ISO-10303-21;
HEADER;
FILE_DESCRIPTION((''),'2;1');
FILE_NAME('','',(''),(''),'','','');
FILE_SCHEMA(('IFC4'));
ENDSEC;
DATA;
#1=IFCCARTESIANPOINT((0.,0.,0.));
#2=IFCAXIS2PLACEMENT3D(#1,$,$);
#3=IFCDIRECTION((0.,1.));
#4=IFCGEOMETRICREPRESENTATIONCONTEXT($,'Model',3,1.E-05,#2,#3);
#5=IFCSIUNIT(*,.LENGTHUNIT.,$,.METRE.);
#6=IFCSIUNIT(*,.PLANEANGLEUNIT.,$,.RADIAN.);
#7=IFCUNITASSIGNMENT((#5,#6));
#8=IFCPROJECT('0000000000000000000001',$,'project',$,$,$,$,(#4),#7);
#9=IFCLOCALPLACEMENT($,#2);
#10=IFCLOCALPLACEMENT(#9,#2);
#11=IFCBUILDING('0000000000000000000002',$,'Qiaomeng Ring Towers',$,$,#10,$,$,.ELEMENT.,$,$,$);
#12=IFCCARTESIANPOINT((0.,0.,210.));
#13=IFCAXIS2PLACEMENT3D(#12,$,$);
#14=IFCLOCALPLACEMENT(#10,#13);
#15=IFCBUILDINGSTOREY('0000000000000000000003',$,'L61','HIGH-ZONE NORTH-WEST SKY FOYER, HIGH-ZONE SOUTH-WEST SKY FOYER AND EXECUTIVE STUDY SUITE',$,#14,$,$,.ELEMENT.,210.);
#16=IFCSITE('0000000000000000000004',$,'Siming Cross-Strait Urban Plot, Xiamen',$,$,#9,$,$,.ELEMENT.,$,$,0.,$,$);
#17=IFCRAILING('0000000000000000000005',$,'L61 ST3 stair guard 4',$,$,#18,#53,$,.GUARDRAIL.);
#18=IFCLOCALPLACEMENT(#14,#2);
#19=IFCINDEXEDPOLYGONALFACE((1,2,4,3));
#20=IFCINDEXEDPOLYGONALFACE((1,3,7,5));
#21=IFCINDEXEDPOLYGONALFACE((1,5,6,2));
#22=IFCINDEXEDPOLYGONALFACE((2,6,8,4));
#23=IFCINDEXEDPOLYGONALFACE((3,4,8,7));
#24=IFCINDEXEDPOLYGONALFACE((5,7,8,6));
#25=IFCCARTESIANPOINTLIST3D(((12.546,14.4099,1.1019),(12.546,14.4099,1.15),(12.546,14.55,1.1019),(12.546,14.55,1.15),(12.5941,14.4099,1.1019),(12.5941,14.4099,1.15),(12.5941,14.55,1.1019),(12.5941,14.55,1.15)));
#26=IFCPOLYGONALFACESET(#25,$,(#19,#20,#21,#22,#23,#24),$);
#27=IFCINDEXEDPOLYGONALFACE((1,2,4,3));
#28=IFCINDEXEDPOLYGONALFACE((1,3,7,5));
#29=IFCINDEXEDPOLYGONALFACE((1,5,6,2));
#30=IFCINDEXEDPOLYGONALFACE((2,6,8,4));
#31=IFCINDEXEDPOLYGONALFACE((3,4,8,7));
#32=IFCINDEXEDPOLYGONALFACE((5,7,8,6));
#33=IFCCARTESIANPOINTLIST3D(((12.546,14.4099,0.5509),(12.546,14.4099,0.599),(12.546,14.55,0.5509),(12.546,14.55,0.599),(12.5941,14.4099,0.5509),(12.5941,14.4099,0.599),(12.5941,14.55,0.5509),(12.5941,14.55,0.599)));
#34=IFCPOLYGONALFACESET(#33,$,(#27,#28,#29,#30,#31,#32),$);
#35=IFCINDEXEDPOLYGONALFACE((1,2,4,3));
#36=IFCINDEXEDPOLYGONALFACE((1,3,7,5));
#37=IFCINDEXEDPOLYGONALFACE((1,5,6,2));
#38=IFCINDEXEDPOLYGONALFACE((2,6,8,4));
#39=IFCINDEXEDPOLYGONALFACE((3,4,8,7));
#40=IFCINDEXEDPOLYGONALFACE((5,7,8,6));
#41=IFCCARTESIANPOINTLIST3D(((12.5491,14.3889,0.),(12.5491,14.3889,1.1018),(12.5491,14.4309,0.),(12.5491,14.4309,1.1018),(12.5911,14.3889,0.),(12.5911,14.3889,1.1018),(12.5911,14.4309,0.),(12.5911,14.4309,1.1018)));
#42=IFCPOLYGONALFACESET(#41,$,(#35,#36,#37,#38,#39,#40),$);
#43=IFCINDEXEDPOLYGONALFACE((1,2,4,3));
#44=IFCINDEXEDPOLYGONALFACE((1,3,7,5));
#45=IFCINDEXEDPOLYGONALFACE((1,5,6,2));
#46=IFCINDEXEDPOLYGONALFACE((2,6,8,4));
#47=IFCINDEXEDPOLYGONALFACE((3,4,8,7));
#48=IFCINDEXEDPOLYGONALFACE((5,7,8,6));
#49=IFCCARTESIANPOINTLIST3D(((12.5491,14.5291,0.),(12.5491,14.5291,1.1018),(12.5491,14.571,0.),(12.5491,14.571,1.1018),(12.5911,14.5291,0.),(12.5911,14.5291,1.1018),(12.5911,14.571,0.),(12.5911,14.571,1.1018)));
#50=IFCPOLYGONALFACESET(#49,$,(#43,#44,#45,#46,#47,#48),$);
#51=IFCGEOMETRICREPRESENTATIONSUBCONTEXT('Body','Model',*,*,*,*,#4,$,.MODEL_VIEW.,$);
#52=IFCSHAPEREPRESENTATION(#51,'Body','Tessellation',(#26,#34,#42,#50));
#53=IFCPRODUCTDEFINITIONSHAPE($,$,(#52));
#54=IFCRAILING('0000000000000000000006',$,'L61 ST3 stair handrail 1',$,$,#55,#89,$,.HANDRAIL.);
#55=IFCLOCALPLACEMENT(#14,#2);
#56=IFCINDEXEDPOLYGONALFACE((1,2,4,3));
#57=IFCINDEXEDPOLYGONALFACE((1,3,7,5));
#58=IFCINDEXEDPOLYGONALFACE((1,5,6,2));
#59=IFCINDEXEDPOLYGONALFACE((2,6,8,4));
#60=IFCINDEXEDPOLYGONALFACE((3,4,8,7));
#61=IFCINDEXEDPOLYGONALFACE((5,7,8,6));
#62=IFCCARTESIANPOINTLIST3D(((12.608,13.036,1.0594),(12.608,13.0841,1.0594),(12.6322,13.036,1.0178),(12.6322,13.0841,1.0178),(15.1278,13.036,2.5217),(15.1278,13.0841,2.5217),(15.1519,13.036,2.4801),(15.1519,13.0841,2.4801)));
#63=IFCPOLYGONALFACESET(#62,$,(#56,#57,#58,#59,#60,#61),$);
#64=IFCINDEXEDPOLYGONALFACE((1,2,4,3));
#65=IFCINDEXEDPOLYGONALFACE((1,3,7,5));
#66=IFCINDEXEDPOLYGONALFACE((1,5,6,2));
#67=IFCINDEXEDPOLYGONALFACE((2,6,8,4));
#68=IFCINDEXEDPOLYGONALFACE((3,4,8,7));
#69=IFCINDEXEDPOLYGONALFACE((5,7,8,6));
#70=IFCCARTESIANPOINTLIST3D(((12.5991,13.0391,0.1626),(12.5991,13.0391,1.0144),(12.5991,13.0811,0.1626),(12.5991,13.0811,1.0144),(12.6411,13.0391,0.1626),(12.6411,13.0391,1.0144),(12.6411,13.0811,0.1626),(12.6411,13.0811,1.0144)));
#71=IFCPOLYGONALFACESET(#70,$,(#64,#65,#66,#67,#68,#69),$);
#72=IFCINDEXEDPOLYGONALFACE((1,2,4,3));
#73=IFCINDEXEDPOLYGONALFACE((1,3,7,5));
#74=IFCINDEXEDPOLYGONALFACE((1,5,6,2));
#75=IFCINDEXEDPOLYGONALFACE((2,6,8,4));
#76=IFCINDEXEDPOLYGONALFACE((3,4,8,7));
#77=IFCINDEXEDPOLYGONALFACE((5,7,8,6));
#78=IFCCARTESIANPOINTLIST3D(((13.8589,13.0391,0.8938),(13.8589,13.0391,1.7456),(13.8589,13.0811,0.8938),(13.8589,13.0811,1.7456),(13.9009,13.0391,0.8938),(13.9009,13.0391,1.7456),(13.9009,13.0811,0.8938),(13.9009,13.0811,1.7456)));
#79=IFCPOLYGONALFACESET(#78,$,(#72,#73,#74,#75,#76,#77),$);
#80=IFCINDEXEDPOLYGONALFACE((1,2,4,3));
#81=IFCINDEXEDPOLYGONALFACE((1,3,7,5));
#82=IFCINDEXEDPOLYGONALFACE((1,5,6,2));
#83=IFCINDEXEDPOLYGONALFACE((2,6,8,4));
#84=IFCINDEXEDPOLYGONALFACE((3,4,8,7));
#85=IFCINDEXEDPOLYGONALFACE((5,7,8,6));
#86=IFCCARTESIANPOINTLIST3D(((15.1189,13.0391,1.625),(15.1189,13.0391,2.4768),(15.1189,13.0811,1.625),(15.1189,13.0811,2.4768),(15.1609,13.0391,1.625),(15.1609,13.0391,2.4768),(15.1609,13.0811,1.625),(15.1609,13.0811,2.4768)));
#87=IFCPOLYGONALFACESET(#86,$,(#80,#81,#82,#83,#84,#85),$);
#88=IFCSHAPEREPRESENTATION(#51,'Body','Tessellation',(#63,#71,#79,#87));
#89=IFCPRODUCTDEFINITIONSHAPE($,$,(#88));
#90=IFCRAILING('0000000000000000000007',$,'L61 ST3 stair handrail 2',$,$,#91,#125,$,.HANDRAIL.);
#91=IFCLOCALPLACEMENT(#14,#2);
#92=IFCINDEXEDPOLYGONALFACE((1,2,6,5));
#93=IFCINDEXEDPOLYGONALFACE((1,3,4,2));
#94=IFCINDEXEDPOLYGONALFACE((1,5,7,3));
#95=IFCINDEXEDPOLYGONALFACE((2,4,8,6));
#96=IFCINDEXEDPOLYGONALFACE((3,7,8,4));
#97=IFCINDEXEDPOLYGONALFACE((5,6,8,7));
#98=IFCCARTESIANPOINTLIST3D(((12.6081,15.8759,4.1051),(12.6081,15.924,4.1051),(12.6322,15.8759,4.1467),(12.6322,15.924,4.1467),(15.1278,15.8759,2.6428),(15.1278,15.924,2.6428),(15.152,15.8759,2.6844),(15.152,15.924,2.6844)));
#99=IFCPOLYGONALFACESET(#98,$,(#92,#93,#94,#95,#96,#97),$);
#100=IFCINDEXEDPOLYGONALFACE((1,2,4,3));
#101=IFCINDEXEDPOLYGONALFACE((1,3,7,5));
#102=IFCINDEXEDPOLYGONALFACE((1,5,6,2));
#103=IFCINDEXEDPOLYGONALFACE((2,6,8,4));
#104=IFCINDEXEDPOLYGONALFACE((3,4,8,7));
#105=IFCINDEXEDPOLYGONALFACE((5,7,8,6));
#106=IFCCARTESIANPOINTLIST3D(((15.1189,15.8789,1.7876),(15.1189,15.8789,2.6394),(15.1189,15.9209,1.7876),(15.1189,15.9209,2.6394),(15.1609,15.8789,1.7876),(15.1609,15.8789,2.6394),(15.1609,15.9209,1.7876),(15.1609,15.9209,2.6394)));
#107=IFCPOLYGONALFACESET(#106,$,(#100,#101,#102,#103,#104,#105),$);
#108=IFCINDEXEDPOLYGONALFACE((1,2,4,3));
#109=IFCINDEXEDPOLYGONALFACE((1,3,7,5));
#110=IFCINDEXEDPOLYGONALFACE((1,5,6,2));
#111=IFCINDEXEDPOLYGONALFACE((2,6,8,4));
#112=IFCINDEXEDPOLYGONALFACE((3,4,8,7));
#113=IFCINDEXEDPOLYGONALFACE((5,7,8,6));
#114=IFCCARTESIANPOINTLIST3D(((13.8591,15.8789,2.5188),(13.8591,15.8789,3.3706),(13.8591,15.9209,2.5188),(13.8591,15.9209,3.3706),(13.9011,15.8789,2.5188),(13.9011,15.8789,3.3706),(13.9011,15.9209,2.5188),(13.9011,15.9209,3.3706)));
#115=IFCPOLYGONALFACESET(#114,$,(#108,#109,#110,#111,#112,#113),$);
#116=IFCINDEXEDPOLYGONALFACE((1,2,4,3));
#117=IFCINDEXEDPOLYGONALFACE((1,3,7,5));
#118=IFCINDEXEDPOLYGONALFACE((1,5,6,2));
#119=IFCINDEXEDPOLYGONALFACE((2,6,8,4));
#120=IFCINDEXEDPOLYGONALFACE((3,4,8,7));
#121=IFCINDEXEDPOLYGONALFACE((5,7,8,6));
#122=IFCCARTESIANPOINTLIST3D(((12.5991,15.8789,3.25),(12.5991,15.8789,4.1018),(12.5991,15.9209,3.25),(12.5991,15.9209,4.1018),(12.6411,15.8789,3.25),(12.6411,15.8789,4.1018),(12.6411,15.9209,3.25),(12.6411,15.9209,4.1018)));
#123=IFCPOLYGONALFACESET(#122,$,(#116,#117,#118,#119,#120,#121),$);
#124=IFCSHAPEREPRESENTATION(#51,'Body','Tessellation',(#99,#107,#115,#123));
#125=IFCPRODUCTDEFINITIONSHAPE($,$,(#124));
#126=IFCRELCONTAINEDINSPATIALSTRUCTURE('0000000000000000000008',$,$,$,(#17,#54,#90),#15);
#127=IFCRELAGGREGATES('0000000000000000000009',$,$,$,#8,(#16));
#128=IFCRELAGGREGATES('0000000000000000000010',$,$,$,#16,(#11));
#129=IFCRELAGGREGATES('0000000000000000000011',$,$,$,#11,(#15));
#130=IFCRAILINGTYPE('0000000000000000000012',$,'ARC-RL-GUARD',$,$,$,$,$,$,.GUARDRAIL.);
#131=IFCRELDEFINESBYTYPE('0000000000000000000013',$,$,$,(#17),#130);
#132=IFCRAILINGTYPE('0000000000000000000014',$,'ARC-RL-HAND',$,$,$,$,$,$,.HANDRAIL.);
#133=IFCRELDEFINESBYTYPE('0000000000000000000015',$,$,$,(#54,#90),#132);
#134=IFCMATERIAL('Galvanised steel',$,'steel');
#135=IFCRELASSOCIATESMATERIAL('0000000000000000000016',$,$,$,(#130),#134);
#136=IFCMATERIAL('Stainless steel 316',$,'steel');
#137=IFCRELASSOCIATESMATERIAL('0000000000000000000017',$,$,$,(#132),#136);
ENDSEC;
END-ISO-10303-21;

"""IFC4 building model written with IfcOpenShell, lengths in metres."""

from ifc_helpers import new_model, si_unit, direction, frame, origin, origin_2d, place, context, subcontext, project, spatial, rectangle, extrude, material, type_object, element, save


model = new_model("IFC4")

# Units and contexts
model_context = context("Model", 3, precision=1e-05, world=origin(), true_north=direction((0.0, 1.0)))
body_context = subcontext(model_context, "Body", "Model", "MODEL_VIEW")
ifc_project = project(units=[si_unit("LENGTHUNIT", "METRE"), si_unit("PLANEANGLEUNIT", "RADIAN")], contexts=[model_context])

# Site, building, storey
site_placement = place(None, origin())
site = spatial("IfcSite", under=ifc_project, at=site_placement, Name="Siming Cross-Strait Urban Plot, Xiamen", CompositionType="ELEMENT", RefElevation=0.0)
building_placement = place(site_placement, origin())
building = spatial("IfcBuilding", under=site, at=building_placement, Name="Qiaomeng Ring Towers", CompositionType="ELEMENT")
storey_placement = place(building_placement, frame((0.0, 0.0, 210.0)))
storey = spatial("IfcBuildingStorey", under=building, at=storey_placement, Name="L61", Description="HIGH-ZONE NORTH-WEST SKY FOYER, HIGH-ZONE SOUTH-WEST SKY FOYER AND EXECUTIVE STUDY SUITE", CompositionType="ELEMENT", Elevation=210.0)

# Railings
ifc_material_1 = material(Name="Galvanised steel", Category="steel")
railing_type_1 = type_object("IfcRailingType", Name="ARC-RL-GUARD", PredefinedType="GUARDRAIL", material=ifc_material_1)
railing_1_placement = place(storey_placement, frame((12.5701, 14.4099, 0.0)))
element("IfcRailing", 1, at=railing_1_placement, inside=storey, type_object=railing_type_1, Name="L61 ST3 stair guard 4", PredefinedType="GUARDRAIL", context=body_context, shape_type="SweptSolid", body=[
    extrude(rectangle(XDim=0.0481, YDim=0.0481, at=origin_2d()), frame((0.0, 0.0, 1.126), z_axis=(0.0, 1.0, 0.0), x_axis=(-1.0, 0.0, 0.0)), (0.0, 0.0, 1.0), 0.1401),
    extrude(rectangle(XDim=0.0481, YDim=0.0481, at=origin_2d()), frame((0.0, 0.0, 0.575), z_axis=(0.0, 1.0, 0.0), x_axis=(-1.0, 0.0, 0.0)), (0.0, 0.0, 1.0), 0.1401),
    extrude(rectangle(XDim=0.042, YDim=0.042, at=origin_2d()), origin(), (0.0, 0.0, 1.0), 1.1018),
    extrude(rectangle(XDim=0.042, YDim=0.042, at=origin_2d()), frame((0.0, 0.1401, 0.0)), (0.0, 0.0, 1.0), 1.1018),
])
ifc_material_2 = material(Name="Stainless steel 316", Category="steel")
railing_type_2 = type_object("IfcRailingType", Name="ARC-RL-HAND", PredefinedType="HANDRAIL", material=ifc_material_2)
railing_2_placement = place(storey_placement, frame((12.6201, 13.0601, 0.1626)))
element("IfcRailing", 2, at=railing_2_placement, inside=storey, type_object=railing_type_2, Name="L61 ST3 stair handrail 1", PredefinedType="HANDRAIL", context=body_context, shape_type="SweptSolid", body=[
    extrude(rectangle(XDim=0.0481, YDim=0.0481, at=origin_2d()), frame((0.0, 0.0, 0.876), z_axis=(0.864892, 0.0, 0.501958), x_axis=(0.0, 1.0, 0.0)), (0.0, 0.0, 1.0), 2.9133),
    extrude(rectangle(XDim=0.042, YDim=0.042, at=origin_2d()), origin(), (0.0, 0.0, 1.0), 0.8518),
    extrude(rectangle(XDim=0.042, YDim=0.042, at=origin_2d()), frame((1.2598, 0.0, 0.7312)), (0.0, 0.0, 1.0), 0.8518),
    extrude(rectangle(XDim=0.042, YDim=0.042, at=origin_2d()), frame((2.5198, 0.0, 1.4624)), (0.0, 0.0, 1.0), 0.8518),
])
railing_3_placement = place(storey_placement, frame((15.1399, 15.8999, 1.7876)))
element("IfcRailing", 3, at=railing_3_placement, inside=storey, type_object=railing_type_2, Name="L61 ST3 stair handrail 2", PredefinedType="HANDRAIL", context=body_context, shape_type="SweptSolid", body=[
    extrude(rectangle(XDim=0.0481, YDim=0.0481, at=origin_2d()), frame((0.0, 0.0, 0.876), z_axis=(-0.864892, 0.0, 0.501958), x_axis=(0.0, -1.0, 0.0)), (0.0, 0.0, 1.0), 2.9133),
    extrude(rectangle(XDim=0.042, YDim=0.042, at=origin_2d()), origin(), (0.0, 0.0, 1.0), 0.8518),
    extrude(rectangle(XDim=0.042, YDim=0.042, at=origin_2d()), frame((-1.2598, 0.0, 0.7312)), (0.0, 0.0, 1.0), 0.8518),
    extrude(rectangle(XDim=0.042, YDim=0.042, at=origin_2d()), frame((-2.5198, 0.0, 1.4624)), (0.0, 0.0, 1.0), 0.8518),
])

save(model, "model.ifc")
